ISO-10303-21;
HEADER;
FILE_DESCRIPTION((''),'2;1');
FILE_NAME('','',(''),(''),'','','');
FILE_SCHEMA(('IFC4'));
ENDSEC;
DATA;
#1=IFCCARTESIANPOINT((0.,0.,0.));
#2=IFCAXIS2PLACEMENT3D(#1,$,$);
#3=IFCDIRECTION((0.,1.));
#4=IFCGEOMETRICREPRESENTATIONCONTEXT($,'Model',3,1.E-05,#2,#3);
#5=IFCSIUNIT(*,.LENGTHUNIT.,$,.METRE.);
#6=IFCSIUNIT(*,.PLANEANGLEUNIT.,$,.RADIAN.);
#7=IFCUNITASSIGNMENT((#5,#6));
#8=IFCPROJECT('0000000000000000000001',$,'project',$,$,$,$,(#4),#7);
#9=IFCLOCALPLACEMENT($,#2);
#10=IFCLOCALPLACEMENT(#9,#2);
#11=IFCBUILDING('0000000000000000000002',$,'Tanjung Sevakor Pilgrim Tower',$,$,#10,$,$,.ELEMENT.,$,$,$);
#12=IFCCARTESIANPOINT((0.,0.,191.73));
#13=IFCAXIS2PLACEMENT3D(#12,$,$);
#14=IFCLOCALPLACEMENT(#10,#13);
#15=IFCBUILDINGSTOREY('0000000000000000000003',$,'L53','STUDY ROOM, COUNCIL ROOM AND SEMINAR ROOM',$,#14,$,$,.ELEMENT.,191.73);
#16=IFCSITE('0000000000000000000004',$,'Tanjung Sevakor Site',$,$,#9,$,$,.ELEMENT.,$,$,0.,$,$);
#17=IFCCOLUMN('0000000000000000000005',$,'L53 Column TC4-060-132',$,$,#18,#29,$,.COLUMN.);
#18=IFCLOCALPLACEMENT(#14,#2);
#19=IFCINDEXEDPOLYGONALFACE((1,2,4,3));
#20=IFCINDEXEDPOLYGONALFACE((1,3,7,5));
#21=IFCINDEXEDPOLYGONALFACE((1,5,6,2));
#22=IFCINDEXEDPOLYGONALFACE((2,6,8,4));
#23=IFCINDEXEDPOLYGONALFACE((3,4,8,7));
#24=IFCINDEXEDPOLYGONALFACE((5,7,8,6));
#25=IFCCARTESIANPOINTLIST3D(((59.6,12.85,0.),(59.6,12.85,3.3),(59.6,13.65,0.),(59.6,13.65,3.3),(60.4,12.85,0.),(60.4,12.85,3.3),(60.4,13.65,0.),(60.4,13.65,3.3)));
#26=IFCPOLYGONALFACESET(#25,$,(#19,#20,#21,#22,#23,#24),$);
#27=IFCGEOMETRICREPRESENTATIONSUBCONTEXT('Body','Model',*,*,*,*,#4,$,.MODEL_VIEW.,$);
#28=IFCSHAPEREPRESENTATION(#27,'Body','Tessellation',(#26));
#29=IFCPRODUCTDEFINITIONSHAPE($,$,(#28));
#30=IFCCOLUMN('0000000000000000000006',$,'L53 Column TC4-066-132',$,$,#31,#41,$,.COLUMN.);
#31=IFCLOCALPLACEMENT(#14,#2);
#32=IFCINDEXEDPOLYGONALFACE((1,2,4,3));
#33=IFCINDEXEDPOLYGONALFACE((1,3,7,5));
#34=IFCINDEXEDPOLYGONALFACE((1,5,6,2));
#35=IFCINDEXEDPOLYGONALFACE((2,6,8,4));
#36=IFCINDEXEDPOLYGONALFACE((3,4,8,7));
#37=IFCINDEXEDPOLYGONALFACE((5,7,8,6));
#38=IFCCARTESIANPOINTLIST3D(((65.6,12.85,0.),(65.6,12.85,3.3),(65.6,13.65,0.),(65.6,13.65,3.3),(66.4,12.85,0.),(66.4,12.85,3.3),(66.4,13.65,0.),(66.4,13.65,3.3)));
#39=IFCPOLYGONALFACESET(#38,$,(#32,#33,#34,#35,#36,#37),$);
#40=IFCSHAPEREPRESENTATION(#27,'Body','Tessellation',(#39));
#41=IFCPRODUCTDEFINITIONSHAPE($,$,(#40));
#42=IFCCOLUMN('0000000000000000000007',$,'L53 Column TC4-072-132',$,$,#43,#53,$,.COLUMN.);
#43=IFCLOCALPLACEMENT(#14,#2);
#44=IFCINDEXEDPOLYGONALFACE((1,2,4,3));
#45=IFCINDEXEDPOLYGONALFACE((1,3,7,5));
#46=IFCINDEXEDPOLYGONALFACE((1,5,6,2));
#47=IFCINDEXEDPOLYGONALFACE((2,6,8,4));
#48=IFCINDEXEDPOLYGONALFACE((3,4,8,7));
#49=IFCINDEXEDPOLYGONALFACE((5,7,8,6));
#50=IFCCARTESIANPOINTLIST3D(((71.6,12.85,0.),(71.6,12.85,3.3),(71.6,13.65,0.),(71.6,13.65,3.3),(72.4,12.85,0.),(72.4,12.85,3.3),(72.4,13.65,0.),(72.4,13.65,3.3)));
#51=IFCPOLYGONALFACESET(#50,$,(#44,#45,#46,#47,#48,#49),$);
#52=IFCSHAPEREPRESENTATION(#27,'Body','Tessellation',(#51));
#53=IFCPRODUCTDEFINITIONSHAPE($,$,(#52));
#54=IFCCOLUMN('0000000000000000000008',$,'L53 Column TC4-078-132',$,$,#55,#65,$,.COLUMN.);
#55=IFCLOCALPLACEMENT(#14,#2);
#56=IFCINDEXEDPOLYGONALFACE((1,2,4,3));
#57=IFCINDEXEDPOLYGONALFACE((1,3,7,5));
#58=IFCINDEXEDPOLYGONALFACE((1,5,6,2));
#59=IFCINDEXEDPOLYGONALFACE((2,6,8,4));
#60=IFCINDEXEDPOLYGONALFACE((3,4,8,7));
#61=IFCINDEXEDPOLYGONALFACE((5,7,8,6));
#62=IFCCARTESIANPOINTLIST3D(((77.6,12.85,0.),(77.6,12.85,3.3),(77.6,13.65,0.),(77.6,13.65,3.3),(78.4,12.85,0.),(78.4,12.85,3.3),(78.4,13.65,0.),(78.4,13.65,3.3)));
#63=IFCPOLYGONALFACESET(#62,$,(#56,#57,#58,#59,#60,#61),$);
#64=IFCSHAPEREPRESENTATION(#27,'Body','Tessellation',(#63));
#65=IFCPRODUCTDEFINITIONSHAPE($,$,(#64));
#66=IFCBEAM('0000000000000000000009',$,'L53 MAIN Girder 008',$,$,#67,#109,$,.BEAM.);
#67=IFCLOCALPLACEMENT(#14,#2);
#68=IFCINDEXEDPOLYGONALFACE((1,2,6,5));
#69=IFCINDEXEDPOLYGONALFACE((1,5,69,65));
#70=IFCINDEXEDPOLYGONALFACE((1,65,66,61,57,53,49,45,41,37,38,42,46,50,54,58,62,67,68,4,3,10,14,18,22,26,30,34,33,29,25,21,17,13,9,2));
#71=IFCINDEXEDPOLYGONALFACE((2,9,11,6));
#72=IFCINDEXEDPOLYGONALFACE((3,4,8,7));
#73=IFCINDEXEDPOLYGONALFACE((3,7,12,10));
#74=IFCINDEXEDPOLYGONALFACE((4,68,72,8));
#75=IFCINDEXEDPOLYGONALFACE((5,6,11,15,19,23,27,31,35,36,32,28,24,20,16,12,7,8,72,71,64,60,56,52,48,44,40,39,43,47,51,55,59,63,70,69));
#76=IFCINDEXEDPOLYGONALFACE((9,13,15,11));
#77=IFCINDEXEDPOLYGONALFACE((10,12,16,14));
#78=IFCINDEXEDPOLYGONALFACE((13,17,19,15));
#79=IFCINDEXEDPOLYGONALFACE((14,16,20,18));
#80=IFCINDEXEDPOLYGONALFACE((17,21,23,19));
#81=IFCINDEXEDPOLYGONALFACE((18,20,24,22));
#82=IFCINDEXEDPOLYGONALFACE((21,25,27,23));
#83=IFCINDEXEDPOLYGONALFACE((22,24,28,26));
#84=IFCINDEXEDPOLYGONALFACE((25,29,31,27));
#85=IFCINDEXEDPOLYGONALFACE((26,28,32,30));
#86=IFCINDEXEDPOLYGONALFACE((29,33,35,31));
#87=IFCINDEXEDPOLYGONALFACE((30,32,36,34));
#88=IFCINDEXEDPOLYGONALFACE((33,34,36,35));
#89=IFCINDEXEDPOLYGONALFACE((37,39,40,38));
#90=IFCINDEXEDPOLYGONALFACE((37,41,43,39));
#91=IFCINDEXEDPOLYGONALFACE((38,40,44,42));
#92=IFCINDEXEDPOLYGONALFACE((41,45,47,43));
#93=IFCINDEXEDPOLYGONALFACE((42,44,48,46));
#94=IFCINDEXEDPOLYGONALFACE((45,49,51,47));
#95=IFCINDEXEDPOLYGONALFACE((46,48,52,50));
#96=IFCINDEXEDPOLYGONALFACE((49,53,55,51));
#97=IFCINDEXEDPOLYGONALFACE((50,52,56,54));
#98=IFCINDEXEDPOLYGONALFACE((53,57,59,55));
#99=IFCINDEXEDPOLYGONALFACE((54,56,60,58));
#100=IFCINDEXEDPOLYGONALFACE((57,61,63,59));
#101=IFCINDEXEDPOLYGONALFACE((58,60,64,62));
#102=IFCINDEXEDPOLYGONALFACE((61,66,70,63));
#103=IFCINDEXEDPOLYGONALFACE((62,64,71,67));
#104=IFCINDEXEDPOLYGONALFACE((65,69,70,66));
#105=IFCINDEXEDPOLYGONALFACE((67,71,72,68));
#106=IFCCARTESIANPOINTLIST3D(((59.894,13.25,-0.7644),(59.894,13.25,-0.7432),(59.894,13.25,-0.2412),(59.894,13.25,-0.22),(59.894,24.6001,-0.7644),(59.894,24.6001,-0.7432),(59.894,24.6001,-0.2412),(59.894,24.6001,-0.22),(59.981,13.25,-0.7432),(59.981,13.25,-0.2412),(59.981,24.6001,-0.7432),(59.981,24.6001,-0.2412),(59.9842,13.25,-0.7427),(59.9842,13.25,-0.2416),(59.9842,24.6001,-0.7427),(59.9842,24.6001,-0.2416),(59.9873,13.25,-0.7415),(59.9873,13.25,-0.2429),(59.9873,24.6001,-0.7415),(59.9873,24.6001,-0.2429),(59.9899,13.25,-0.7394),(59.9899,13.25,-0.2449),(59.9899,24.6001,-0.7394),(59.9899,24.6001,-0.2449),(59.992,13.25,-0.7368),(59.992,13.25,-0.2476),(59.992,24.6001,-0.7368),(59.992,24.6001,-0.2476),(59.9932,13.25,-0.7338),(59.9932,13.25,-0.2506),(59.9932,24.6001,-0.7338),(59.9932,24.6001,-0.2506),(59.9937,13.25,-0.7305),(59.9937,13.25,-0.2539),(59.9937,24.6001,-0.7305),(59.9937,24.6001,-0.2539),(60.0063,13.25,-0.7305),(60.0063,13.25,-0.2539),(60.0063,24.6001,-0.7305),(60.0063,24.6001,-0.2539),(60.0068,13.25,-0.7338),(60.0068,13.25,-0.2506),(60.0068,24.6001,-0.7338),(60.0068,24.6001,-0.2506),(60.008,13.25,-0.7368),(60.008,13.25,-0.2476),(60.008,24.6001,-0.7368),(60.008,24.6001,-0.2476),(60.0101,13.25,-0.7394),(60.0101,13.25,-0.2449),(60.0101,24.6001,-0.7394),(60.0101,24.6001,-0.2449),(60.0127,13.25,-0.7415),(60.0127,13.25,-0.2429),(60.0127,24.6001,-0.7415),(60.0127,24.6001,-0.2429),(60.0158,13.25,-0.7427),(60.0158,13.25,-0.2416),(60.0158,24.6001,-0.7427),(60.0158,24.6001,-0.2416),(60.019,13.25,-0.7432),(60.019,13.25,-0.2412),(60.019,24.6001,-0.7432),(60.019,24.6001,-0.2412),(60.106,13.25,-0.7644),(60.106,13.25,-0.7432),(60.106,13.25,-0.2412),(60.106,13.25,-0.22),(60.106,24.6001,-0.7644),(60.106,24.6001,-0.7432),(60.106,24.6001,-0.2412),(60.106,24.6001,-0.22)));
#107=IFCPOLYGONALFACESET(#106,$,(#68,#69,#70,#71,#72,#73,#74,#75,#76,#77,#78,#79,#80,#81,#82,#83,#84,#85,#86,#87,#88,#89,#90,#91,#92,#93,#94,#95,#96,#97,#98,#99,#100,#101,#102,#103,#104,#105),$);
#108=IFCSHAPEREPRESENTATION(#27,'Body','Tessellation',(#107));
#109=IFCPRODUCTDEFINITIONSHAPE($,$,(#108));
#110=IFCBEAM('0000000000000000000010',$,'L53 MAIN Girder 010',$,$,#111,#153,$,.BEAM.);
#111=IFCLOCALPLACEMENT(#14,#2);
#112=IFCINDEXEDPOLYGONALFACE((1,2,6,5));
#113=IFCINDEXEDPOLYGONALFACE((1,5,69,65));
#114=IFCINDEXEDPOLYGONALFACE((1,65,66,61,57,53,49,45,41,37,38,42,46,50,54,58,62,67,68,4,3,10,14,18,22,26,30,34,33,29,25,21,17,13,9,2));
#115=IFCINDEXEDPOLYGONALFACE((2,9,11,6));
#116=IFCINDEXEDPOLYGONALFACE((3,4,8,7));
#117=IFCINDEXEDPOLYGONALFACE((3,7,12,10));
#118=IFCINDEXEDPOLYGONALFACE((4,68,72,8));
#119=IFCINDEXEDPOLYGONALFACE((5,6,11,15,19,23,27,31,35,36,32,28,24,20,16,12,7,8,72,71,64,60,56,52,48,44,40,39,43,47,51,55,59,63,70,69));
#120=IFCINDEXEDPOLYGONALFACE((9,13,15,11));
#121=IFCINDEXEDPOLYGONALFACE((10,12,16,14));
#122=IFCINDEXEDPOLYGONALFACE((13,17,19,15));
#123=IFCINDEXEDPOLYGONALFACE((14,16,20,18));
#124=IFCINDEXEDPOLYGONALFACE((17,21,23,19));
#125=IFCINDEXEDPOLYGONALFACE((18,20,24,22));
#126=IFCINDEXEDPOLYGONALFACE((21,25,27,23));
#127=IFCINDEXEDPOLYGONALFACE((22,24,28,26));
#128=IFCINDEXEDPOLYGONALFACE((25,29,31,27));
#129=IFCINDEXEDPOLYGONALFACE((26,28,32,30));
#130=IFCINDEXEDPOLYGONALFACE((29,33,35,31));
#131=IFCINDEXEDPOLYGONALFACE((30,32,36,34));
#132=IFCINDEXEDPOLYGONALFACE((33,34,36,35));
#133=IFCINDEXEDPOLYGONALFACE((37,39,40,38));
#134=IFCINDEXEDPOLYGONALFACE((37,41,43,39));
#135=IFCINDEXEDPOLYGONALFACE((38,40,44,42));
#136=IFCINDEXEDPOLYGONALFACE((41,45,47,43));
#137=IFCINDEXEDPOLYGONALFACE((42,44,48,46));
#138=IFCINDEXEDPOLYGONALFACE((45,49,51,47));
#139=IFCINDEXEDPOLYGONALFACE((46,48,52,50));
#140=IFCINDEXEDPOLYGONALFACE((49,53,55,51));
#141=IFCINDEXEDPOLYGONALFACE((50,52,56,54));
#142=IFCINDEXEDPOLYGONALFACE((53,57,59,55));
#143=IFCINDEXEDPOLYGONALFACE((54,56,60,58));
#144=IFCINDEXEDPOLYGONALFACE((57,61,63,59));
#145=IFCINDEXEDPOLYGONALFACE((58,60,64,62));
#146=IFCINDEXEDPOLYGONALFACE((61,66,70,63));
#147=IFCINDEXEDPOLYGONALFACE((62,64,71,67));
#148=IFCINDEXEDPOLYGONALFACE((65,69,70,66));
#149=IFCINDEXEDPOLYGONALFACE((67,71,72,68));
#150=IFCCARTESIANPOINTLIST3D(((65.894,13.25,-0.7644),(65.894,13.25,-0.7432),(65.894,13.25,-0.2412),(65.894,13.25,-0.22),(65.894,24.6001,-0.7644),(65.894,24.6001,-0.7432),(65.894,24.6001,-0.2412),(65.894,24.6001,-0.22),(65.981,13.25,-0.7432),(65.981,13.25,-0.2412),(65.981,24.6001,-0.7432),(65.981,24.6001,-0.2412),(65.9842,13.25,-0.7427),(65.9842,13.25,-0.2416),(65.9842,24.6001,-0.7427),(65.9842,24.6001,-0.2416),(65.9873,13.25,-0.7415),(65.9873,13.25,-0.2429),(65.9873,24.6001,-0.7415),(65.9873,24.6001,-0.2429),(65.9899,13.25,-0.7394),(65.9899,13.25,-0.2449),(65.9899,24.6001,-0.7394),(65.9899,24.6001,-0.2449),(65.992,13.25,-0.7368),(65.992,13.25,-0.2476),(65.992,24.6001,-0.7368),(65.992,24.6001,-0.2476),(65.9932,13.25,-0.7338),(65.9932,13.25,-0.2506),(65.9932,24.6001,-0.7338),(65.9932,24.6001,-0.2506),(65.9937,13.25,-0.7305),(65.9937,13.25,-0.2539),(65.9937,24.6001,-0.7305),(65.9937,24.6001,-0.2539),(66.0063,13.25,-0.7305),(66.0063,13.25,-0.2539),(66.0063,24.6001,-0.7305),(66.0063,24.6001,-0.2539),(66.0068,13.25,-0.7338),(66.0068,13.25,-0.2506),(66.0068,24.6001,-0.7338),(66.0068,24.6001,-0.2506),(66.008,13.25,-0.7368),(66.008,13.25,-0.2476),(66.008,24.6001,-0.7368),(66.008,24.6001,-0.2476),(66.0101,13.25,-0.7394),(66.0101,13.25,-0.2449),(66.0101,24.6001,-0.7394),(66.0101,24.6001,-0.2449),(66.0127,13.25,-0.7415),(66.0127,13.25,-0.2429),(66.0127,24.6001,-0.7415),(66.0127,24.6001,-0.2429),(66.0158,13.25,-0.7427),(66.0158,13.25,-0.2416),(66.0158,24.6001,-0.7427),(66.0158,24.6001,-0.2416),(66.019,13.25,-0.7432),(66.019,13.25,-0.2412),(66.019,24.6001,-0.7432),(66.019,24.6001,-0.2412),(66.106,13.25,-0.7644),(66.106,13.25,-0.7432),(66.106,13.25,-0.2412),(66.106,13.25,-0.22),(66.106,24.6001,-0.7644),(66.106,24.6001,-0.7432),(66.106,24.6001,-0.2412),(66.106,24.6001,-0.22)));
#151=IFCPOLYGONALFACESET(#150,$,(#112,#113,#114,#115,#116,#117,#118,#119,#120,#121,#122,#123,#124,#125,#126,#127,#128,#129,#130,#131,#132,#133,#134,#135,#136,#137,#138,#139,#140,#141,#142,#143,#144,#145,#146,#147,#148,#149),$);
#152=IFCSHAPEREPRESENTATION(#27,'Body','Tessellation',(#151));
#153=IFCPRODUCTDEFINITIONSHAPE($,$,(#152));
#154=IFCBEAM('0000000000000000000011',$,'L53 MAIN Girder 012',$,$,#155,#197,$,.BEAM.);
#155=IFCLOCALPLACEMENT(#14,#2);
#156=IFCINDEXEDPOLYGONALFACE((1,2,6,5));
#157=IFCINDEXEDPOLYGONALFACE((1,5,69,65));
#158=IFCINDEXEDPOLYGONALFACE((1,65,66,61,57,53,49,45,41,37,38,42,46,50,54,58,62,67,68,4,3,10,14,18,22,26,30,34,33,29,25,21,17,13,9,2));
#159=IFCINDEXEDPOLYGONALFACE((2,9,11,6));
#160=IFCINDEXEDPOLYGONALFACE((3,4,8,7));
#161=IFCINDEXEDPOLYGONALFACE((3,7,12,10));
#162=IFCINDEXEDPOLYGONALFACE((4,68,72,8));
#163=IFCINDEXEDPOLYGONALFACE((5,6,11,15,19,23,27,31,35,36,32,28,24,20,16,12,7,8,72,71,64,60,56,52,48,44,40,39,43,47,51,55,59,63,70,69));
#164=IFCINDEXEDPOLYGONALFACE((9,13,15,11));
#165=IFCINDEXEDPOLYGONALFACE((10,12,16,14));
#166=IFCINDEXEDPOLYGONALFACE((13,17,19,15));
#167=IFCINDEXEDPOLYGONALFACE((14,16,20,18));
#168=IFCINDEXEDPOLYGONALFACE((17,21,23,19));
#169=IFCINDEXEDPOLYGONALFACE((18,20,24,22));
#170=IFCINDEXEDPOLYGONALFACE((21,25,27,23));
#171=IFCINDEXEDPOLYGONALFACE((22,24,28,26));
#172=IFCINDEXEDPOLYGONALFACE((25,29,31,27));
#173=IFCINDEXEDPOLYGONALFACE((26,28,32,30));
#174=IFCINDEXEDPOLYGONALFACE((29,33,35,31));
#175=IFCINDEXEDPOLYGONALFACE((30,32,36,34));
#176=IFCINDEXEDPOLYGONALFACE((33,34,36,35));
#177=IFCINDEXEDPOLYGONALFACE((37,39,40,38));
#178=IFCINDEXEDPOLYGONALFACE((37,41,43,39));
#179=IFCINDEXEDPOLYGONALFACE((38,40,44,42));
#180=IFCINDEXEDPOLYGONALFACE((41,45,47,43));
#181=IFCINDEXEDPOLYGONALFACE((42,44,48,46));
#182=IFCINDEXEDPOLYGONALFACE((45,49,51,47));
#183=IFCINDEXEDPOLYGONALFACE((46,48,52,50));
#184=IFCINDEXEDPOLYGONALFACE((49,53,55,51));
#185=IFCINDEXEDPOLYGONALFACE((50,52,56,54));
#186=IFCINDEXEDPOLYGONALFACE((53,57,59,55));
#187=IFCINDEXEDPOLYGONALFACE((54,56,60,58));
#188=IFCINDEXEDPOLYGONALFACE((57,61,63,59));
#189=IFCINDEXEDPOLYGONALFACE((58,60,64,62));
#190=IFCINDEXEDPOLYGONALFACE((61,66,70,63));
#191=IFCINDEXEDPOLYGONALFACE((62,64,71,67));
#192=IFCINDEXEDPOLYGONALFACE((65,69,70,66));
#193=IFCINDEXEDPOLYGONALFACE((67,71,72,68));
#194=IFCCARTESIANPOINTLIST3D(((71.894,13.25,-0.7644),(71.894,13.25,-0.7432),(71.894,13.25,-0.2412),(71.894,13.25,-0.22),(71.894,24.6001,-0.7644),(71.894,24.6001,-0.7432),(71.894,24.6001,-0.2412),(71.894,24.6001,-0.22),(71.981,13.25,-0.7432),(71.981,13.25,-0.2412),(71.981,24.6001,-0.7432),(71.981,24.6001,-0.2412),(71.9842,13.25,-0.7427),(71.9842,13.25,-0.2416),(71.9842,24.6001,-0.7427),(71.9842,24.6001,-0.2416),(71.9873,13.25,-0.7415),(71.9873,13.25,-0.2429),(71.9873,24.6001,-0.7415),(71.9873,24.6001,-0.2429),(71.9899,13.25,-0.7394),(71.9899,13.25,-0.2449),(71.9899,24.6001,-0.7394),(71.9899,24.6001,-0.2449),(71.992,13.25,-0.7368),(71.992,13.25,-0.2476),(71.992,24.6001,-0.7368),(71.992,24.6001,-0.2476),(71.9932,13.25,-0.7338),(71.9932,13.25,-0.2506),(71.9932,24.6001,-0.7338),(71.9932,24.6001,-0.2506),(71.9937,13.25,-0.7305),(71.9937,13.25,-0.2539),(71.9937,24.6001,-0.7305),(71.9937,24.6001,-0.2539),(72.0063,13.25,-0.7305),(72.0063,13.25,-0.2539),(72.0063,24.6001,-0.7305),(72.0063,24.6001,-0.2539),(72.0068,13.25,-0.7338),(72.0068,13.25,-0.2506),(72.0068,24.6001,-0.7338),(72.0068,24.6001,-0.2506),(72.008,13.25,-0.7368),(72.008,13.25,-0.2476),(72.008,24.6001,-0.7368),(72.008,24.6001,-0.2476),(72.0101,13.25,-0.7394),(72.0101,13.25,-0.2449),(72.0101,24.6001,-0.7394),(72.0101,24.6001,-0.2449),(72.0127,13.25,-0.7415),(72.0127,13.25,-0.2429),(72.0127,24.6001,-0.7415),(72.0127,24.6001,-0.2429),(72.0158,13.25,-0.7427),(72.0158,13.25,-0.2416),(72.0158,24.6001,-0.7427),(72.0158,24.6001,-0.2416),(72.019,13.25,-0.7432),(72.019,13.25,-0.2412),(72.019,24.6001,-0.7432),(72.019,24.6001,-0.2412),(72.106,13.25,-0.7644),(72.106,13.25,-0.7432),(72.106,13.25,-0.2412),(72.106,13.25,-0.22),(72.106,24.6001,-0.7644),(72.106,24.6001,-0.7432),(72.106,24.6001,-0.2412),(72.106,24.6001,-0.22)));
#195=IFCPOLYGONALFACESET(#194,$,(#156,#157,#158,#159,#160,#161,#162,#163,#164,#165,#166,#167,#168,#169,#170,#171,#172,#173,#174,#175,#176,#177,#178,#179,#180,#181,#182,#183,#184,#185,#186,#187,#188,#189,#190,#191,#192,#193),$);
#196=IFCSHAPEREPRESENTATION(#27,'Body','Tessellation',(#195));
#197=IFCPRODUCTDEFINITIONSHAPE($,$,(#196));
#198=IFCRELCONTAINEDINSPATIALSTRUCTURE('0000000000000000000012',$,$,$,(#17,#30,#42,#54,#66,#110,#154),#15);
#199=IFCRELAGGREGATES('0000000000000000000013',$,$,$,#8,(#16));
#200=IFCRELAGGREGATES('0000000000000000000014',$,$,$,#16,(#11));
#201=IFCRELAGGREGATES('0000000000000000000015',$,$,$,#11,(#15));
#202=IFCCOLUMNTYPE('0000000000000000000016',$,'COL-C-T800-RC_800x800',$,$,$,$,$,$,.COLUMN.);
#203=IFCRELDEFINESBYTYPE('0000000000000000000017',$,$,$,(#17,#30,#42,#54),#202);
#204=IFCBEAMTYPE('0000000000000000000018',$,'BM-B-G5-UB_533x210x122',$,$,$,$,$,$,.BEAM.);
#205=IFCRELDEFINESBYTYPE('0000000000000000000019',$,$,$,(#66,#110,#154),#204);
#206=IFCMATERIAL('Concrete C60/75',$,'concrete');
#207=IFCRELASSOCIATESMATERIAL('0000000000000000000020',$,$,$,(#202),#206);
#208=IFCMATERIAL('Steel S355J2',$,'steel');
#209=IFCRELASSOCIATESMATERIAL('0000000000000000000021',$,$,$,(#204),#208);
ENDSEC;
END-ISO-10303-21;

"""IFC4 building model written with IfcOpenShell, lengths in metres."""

from ifc_helpers import new_model, si_unit, direction, frame, origin, origin_2d, place, context, subcontext, project, spatial, rectangle, i_section, extrude, material, material_profile, profile_set, type_object, element, save


model = new_model("IFC4")

# Units and contexts
model_context = context("Model", 3, precision=1e-05, world=origin(), true_north=direction((0.0, 1.0)))
body_context = subcontext(model_context, "Body", "Model", "MODEL_VIEW")
ifc_project = project(units=[si_unit("LENGTHUNIT", "METRE"), si_unit("PLANEANGLEUNIT", "RADIAN")], contexts=[model_context])

# Site, building, storey
site_placement = place(None, origin())
site = spatial("IfcSite", under=ifc_project, at=site_placement, Name="Tanjung Sevakor Site", CompositionType="ELEMENT", RefElevation=0.0)
building_placement = place(site_placement, origin())
building = spatial("IfcBuilding", under=site, at=building_placement, Name="Tanjung Sevakor Pilgrim Tower", CompositionType="ELEMENT")
storey_placement = place(building_placement, frame((0.0, 0.0, 191.73)))
storey = spatial("IfcBuildingStorey", under=building, at=storey_placement, Name="L53", Description="STUDY ROOM, COUNCIL ROOM AND SEMINAR ROOM", CompositionType="ELEMENT", Elevation=191.73)

# Columns
ifc_material_1 = material(Name="Concrete C60/75", Category="concrete")
ifc_material_profile_1 = material_profile(ifc_material_1, rectangle(XDim=0.8, YDim=0.8, at=origin_2d()))
ifc_profile_set_1 = profile_set([ifc_material_profile_1], Name="Concrete C60/75")
column_type = type_object("IfcColumnType", Name="COL-C-T800-RC_800x800", PredefinedType="COLUMN", material=ifc_profile_set_1)
for number, where, z_axis, x_axis, name in (
    (1, (60.0, 13.25, 0.0), (0.0, 0.0, 1.0), (1.0, 0.0, 0.0), "L53 Column TC4-060-132"),
    (2, (66.0, 13.25, 0.0), (0.0, 0.0, 1.0), (1.0, 0.0, 0.0), "L53 Column TC4-066-132"),
    (3, (72.0, 13.25, 0.0), (0.0, 0.0, 1.0), (1.0, 0.0, 0.0), "L53 Column TC4-072-132"),
    (4, (78.0, 13.25, 0.0), (0.0, 0.0, 1.0), (1.0, 0.0, 0.0), "L53 Column TC4-078-132"),
):
    element("IfcColumn", number, at=place(storey_placement, frame(where, z_axis=z_axis, x_axis=x_axis)), inside=storey, type_object=column_type, Name=name, PredefinedType="COLUMN", context=body_context, shape_type="SweptSolid", body=[
        extrude(rectangle(XDim=0.8, YDim=0.8, at=origin_2d()), origin(), (0.0, 0.0, 1.0), 3.3),
    ])

# Beams
ifc_material_2 = material(Name="Steel S355J2", Category="steel")
ifc_material_profile_2 = material_profile(ifc_material_2, i_section(OverallWidth=0.2119, OverallDepth=0.5444, WebThickness=0.0127, FlangeThickness=0.0212, FilletRadius=0.0127, at=origin_2d()))
ifc_profile_set_2 = profile_set([ifc_material_profile_2], Name="Steel S355J2")
beam_type_1 = type_object("IfcBeamType", Name="BM-B-G5-UB_533x210x122", PredefinedType="BEAM", material=ifc_profile_set_2)
for number, where, z_axis, x_axis, name in (
    (5, (60.0, 13.25, -0.4922), (0.0, 1.0, 0.0), (-1.0, 0.0, 0.0), "L53 MAIN Girder 008"),
    (6, (66.0, 13.25, -0.4922), (0.0, 1.0, 0.0), (-1.0, 0.0, 0.0), "L53 MAIN Girder 010"),
    (7, (72.0, 13.25, -0.4922), (0.0, 1.0, 0.0), (-1.0, 0.0, 0.0), "L53 MAIN Girder 012"),
):
    element("IfcBeam", number, at=place(storey_placement, frame(where, z_axis=z_axis, x_axis=x_axis)), inside=storey, type_object=beam_type_1, Name=name, PredefinedType="BEAM", context=body_context, shape_type="SweptSolid", body=[
        extrude(i_section(OverallWidth=0.2119, OverallDepth=0.5444, WebThickness=0.0127, FlangeThickness=0.0212, FilletRadius=0.0127, at=origin_2d()), origin(), (0.0, 0.0, 1.0), 11.3501),
    ])

save(model, "model.ifc")
